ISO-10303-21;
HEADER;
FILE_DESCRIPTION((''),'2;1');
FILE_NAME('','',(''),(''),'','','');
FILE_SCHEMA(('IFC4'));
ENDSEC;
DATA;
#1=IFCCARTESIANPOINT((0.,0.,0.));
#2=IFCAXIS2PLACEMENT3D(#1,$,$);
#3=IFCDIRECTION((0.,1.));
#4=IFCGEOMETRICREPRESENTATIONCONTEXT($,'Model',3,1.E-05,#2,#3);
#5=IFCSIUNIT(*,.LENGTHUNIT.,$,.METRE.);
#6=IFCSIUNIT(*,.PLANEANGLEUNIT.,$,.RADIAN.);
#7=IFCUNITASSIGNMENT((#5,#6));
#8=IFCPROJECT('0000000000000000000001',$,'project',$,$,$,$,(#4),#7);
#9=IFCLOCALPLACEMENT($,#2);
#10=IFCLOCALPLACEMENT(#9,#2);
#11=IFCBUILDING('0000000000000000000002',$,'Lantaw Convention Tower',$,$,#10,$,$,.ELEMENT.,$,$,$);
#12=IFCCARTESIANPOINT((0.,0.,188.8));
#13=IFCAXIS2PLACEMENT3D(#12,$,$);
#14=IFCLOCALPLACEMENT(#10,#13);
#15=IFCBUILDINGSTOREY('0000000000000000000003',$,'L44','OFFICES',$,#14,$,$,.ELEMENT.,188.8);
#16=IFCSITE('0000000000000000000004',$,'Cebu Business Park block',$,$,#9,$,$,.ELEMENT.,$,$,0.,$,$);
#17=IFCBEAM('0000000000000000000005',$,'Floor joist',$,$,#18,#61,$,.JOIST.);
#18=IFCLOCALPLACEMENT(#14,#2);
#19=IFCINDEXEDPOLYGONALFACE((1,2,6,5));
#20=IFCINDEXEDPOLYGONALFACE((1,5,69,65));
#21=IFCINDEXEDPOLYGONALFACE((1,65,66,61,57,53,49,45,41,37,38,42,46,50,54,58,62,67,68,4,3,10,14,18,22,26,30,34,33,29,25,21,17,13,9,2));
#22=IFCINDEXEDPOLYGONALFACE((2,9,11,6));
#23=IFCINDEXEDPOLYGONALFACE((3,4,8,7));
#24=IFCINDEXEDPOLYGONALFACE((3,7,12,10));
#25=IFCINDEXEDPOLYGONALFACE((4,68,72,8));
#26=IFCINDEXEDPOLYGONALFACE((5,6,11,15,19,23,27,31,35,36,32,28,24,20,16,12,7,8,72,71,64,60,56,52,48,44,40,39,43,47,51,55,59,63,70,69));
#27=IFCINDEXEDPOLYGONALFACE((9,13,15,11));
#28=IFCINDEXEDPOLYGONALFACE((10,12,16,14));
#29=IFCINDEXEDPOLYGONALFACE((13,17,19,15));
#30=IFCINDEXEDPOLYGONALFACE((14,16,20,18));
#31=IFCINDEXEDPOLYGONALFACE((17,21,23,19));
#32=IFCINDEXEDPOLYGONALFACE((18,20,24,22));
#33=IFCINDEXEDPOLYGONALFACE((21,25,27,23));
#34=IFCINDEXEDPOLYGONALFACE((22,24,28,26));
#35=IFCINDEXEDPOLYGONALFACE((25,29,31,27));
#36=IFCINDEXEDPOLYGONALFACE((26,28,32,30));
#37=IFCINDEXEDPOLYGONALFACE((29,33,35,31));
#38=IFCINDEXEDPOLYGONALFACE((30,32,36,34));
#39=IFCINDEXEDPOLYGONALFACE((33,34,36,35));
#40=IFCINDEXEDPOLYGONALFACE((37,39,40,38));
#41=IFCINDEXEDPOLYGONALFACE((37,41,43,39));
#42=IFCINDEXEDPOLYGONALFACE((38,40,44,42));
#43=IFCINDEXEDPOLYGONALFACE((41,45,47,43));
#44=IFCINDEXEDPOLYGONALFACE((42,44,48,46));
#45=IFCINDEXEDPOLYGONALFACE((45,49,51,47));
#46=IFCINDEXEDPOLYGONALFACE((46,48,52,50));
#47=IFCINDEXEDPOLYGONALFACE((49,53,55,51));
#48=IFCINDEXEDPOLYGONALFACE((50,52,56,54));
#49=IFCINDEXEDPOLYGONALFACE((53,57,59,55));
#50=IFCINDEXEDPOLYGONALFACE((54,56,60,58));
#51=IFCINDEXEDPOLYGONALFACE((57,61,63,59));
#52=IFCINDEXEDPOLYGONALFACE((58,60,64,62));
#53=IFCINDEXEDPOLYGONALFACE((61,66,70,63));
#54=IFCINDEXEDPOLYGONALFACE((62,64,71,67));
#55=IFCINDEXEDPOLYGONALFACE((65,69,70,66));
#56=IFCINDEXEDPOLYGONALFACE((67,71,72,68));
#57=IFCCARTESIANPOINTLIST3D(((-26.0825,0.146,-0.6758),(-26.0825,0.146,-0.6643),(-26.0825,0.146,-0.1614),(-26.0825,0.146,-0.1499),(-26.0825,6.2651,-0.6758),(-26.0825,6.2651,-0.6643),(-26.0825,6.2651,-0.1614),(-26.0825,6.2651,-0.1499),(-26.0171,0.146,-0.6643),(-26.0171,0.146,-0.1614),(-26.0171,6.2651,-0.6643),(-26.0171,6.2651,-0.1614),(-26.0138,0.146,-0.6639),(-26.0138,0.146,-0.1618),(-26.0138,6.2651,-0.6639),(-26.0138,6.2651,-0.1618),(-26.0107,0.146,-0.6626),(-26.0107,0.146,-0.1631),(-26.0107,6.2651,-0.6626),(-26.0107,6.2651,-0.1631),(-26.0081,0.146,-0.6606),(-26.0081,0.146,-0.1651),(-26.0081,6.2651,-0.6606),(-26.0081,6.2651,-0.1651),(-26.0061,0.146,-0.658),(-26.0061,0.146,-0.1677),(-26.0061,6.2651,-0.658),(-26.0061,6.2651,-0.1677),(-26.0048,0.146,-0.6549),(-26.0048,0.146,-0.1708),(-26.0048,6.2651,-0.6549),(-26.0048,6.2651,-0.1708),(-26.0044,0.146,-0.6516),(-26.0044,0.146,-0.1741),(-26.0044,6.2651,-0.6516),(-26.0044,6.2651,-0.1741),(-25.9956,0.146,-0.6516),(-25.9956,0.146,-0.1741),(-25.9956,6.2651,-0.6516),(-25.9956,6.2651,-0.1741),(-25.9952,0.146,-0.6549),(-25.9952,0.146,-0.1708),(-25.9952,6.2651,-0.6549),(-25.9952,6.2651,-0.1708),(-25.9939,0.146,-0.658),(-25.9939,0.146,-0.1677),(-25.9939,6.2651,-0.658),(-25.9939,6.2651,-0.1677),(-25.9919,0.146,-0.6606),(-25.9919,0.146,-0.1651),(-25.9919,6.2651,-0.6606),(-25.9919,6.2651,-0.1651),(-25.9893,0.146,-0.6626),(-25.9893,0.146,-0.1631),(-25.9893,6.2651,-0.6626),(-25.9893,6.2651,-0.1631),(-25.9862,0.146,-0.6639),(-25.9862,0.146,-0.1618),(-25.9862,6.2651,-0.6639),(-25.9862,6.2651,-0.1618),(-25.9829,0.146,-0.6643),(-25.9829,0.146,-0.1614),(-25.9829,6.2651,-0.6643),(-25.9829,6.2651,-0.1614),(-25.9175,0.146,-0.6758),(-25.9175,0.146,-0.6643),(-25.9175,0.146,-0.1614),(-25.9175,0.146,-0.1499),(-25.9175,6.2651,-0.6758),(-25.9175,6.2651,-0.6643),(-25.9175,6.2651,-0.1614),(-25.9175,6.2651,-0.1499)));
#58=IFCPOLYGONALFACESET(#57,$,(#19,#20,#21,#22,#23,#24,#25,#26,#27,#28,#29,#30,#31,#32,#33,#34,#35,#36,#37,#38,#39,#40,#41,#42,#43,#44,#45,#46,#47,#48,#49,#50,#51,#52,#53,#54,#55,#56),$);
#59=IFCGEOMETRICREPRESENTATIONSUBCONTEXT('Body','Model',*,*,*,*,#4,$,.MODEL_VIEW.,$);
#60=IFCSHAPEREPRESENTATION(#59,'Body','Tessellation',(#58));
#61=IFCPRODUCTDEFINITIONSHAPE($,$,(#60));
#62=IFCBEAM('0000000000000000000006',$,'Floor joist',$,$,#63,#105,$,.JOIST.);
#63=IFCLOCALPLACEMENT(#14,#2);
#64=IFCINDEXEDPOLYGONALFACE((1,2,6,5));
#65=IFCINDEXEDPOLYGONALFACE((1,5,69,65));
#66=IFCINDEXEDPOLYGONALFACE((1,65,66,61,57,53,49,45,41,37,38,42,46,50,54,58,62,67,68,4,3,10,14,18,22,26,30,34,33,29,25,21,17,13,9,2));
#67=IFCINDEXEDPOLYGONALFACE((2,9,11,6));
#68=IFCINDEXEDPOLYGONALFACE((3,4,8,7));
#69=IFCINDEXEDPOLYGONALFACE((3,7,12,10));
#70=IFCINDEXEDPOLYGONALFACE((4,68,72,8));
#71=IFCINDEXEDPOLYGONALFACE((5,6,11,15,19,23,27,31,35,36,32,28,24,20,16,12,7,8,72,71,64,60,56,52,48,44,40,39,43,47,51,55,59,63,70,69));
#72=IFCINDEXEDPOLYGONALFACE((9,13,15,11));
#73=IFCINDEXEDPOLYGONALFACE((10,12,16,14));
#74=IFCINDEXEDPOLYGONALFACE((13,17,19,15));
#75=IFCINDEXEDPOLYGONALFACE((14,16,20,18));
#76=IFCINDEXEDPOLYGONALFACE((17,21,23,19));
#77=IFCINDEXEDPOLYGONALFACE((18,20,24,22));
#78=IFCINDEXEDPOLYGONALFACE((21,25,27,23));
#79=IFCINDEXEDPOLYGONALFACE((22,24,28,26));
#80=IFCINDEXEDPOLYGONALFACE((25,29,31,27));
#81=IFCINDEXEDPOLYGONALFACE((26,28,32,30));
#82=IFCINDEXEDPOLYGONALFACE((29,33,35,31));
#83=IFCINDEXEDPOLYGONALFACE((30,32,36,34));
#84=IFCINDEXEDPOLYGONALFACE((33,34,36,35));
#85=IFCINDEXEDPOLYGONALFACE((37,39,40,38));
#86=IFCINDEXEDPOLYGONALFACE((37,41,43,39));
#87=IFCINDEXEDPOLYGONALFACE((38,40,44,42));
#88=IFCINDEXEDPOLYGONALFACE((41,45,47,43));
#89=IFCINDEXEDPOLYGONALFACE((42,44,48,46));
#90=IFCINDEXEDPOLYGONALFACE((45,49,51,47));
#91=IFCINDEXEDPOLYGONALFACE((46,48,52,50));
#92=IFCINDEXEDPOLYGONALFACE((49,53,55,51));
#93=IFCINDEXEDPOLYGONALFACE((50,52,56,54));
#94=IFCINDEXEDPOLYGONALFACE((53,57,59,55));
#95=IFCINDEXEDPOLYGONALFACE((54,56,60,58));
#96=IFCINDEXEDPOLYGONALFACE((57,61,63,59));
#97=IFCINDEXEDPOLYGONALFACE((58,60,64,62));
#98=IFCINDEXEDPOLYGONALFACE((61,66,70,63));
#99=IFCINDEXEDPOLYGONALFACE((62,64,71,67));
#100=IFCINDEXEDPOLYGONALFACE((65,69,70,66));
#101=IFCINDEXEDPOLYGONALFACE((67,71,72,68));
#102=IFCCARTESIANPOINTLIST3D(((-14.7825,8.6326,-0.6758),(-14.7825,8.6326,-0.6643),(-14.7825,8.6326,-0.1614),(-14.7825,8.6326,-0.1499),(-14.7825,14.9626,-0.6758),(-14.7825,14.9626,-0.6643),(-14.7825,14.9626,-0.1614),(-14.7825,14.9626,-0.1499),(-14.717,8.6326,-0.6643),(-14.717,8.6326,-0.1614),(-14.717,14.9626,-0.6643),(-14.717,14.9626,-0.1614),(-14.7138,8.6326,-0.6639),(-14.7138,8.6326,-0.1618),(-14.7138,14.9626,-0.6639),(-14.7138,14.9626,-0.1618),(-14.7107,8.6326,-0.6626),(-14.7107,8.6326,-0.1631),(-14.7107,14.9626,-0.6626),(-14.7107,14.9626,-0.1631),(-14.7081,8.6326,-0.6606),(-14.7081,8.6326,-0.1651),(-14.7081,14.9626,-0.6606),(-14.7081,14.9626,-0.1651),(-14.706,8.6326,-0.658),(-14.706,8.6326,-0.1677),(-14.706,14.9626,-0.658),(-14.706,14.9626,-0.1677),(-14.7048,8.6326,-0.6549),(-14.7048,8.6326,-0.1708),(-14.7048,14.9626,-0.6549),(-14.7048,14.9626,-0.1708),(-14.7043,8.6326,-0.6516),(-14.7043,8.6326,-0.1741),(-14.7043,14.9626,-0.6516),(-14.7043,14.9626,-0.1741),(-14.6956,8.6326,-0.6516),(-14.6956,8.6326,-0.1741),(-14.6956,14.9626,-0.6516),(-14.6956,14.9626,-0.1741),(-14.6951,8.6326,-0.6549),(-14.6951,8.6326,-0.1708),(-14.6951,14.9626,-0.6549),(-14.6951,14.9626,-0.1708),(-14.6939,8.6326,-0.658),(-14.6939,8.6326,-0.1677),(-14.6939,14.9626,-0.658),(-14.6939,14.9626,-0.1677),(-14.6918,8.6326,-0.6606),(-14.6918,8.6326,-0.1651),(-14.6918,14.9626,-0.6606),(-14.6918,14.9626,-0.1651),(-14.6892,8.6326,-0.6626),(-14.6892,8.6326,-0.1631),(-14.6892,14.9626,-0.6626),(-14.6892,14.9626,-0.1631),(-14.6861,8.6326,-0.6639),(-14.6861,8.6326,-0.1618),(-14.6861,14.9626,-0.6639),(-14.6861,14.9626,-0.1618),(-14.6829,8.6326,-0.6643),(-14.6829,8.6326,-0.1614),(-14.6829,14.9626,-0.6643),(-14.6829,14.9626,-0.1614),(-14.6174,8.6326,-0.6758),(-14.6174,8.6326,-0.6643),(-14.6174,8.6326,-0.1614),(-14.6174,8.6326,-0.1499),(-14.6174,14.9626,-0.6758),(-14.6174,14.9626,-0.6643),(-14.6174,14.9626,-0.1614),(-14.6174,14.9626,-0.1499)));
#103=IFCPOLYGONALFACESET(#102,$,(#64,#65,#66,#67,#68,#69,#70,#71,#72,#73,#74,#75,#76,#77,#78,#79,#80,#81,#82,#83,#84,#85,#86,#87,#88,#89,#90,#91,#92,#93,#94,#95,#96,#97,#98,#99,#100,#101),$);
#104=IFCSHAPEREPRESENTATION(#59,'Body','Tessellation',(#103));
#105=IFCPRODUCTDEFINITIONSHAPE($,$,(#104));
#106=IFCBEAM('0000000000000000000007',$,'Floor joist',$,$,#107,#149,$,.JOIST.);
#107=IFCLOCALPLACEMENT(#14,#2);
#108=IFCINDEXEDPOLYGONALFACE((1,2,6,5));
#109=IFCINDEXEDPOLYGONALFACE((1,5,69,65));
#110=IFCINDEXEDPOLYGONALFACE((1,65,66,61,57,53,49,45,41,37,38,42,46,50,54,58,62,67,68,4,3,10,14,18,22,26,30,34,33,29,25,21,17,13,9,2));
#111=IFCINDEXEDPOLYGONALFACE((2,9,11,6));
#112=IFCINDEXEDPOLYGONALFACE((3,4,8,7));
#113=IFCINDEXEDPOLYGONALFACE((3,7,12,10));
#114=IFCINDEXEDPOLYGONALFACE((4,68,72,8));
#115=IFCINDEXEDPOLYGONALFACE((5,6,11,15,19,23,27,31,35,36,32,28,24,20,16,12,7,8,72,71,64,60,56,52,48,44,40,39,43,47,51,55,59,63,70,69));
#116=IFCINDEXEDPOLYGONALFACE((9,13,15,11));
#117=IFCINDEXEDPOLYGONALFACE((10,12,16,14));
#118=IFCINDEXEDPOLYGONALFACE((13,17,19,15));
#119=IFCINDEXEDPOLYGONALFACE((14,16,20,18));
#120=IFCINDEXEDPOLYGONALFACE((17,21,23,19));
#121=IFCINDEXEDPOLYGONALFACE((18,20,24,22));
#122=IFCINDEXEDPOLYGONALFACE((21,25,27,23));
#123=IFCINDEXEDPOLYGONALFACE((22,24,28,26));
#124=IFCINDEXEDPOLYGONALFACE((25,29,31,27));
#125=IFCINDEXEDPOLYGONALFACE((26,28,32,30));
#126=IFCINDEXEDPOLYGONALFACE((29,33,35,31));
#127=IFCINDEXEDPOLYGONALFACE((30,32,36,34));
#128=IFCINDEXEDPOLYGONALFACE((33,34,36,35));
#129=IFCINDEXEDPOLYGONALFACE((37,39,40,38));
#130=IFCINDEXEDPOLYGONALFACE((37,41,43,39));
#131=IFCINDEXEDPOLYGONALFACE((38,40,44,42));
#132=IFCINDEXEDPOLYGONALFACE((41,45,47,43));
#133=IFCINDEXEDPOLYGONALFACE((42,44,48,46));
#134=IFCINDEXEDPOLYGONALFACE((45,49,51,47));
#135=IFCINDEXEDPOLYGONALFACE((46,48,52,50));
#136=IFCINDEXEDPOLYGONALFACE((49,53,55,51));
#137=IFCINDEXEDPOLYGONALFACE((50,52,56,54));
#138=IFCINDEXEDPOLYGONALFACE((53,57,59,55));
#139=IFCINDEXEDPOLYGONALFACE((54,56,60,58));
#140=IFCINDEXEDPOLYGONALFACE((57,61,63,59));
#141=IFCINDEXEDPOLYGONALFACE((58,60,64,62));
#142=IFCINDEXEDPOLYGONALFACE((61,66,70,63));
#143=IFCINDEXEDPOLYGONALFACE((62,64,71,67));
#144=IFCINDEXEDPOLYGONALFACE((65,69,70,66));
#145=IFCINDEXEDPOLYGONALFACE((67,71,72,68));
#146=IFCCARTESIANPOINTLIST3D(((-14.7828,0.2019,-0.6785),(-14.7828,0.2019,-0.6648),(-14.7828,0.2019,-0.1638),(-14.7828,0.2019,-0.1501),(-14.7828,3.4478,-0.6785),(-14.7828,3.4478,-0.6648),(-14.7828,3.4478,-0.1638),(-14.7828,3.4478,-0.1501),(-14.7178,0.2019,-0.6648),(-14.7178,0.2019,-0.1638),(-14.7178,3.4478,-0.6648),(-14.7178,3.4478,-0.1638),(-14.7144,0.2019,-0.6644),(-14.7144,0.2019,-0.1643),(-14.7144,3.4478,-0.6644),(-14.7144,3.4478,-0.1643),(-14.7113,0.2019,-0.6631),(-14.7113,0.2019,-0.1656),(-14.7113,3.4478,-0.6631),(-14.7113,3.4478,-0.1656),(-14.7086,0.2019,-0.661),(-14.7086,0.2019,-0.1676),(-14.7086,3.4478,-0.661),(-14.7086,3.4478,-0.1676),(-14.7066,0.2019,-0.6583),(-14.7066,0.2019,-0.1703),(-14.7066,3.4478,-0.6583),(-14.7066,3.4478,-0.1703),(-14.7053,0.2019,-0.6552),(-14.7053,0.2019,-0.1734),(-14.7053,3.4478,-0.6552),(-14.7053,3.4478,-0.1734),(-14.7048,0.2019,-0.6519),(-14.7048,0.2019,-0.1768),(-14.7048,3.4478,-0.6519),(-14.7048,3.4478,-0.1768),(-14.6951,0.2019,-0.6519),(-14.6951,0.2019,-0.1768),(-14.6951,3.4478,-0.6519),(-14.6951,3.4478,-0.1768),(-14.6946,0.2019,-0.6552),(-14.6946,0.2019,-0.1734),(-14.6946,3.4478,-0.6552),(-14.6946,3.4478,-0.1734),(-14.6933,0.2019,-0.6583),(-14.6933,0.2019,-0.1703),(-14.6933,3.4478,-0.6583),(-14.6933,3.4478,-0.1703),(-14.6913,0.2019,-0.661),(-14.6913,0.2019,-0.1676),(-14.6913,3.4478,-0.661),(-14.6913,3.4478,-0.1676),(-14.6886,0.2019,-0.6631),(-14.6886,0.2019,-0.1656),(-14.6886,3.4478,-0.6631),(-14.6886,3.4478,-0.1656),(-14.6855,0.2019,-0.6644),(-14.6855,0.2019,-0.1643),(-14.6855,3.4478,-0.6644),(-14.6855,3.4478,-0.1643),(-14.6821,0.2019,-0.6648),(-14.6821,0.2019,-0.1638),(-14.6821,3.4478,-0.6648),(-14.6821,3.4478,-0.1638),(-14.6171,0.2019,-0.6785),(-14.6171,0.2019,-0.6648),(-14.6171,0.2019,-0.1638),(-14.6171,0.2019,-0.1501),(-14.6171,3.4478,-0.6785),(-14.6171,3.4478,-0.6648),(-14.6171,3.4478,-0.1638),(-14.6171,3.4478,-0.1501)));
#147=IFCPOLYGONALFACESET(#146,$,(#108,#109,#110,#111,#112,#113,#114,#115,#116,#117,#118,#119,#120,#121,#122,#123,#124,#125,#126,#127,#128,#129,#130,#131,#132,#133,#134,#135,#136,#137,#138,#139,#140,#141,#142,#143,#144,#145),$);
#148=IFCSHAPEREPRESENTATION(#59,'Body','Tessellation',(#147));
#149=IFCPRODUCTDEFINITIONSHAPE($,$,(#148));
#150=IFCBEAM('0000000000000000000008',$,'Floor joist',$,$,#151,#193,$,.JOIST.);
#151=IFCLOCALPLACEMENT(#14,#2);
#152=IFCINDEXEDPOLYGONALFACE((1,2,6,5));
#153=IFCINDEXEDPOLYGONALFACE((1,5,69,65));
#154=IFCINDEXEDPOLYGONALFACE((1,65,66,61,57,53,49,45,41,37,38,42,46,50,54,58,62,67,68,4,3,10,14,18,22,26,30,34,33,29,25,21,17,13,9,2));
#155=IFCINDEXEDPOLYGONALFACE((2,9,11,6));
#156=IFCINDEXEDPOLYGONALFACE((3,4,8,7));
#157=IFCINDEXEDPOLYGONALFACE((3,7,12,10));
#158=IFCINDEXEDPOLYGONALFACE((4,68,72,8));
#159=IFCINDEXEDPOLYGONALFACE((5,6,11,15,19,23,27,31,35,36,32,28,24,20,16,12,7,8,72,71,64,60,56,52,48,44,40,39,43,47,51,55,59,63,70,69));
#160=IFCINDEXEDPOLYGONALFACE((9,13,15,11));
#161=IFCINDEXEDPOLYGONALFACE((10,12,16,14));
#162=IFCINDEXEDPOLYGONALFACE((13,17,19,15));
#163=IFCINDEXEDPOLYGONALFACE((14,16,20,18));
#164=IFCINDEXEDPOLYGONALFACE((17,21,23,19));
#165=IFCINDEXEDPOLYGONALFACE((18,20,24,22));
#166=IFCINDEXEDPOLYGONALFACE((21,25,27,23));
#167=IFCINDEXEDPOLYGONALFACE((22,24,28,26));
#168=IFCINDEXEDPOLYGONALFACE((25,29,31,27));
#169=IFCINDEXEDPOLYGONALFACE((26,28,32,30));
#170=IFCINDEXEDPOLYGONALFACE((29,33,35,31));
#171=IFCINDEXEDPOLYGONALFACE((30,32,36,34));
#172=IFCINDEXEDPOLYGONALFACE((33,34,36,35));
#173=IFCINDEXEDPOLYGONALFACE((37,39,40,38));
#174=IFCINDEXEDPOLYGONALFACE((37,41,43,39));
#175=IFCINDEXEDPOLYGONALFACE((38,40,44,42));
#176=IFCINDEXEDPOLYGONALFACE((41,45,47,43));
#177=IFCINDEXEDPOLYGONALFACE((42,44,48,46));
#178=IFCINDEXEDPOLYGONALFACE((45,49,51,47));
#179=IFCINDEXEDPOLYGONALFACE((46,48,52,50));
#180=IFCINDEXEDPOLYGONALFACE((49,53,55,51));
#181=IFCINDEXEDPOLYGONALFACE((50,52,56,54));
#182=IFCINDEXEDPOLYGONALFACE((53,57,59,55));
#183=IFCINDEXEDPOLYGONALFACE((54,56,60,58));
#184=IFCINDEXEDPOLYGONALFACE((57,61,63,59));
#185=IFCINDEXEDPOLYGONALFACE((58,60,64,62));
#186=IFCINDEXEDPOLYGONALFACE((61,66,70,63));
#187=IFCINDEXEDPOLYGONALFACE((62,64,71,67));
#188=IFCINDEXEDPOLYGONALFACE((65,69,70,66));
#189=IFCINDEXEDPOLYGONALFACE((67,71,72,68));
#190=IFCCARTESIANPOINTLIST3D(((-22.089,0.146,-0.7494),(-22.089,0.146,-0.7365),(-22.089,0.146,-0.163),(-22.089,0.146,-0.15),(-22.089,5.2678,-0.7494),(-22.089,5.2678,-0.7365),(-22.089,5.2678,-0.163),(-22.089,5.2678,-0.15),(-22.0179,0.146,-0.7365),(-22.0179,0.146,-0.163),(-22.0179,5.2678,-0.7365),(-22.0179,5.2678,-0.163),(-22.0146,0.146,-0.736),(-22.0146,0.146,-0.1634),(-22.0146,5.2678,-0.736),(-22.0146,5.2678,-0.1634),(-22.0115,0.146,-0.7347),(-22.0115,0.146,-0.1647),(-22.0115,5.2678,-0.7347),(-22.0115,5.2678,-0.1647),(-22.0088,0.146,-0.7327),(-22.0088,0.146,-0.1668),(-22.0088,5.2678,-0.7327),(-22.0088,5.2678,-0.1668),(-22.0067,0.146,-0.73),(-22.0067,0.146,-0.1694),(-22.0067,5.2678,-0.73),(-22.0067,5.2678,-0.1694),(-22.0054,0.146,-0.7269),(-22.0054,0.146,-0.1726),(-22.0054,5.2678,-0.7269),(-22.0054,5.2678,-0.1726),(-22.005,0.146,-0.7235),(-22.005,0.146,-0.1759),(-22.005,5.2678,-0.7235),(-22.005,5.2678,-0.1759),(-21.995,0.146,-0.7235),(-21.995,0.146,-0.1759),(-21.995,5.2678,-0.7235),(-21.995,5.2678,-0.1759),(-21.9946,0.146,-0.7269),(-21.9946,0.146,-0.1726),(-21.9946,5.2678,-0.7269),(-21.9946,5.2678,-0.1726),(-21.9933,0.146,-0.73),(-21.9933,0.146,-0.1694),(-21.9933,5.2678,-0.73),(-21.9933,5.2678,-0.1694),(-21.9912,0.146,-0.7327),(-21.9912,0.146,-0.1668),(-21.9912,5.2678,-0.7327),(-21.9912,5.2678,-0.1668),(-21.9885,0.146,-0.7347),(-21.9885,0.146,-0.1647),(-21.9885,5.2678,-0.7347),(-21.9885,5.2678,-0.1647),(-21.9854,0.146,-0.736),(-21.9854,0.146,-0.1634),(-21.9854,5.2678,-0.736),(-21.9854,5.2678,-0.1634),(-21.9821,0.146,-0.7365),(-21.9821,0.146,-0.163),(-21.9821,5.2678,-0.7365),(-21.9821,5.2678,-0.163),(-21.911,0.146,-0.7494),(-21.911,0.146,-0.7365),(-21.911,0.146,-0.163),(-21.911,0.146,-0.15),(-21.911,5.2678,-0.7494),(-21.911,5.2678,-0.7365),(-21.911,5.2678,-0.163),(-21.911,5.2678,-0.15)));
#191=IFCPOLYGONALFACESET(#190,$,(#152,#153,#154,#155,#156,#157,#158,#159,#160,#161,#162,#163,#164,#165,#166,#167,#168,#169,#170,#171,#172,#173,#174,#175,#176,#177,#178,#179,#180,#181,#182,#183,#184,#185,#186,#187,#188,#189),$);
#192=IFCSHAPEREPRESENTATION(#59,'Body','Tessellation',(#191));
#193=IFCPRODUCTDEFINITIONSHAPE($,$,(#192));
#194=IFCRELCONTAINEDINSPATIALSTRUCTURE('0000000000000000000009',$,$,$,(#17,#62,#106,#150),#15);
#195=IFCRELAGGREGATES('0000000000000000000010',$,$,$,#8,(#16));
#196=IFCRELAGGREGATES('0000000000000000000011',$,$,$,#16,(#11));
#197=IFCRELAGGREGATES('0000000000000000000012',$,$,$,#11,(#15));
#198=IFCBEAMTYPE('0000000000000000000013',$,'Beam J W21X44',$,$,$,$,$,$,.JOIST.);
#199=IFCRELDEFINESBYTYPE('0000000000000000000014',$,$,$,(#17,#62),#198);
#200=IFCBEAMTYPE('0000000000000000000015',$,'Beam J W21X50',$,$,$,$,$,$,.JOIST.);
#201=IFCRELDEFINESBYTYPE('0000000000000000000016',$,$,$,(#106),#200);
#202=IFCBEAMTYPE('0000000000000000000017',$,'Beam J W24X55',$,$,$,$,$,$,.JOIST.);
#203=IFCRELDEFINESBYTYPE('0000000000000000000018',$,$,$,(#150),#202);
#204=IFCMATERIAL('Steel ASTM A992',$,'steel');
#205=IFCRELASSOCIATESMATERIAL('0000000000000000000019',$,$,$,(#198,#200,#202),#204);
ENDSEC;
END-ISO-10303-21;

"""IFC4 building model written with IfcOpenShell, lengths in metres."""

from ifc_helpers import new_model, si_unit, direction, frame, origin, origin_2d, place, context, subcontext, project, spatial, i_section, extrude, material, material_profile, profile_set, type_object, element, save


model = new_model("IFC4")

# Units and contexts
model_context = context("Model", 3, precision=1e-05, world=origin(), true_north=direction((0.0, 1.0)))
body_context = subcontext(model_context, "Body", "Model", "MODEL_VIEW")
ifc_project = project(units=[si_unit("LENGTHUNIT", "METRE"), si_unit("PLANEANGLEUNIT", "RADIAN")], contexts=[model_context])

# Site, building, storey
site_placement = place(None, origin())
site = spatial("IfcSite", under=ifc_project, at=site_placement, Name="Cebu Business Park block", CompositionType="ELEMENT", RefElevation=0.0)
building_placement = place(site_placement, origin())
building = spatial("IfcBuilding", under=site, at=building_placement, Name="Lantaw Convention Tower", CompositionType="ELEMENT")
storey_placement = place(building_placement, frame((0.0, 0.0, 188.8)))
storey = spatial("IfcBuildingStorey", under=building, at=storey_placement, Name="L44", Description="OFFICES", CompositionType="ELEMENT", Elevation=188.8)

# Beams
ifc_material_1 = material(Name="Steel ASTM A992", Category="steel")
ifc_material_profile_1 = material_profile(ifc_material_1, i_section(OverallWidth=0.165, OverallDepth=0.5259, WebThickness=0.0088, FlangeThickness=0.0115, FilletRadius=0.0127, at=origin_2d()), Name="W21X44")
ifc_profile_set_1 = profile_set([ifc_material_profile_1], Name="Steel ASTM A992")
beam_type_1 = type_object("IfcBeamType", Name="Beam J W21X44", PredefinedType="JOIST", material=ifc_profile_set_1)
beam_1_placement = place(storey_placement, frame((-26.0, 0.146, -0.4128), z_axis=(0.0, 1.0, 0.0), x_axis=(-1.0, 0.0, 0.0)))
element("IfcBeam", 1, at=beam_1_placement, inside=storey, type_object=beam_type_1, Name="Floor joist", PredefinedType="JOIST", context=body_context, shape_type="SweptSolid", body=[
    extrude(i_section(OverallWidth=0.165, OverallDepth=0.5259, WebThickness=0.0088, FlangeThickness=0.0115, FilletRadius=0.0127, at=origin_2d()), origin(), (0.0, 0.0, 1.0), 6.1191),
])
beam_2_placement = place(storey_placement, frame((-14.7, 8.6326, -0.4128), z_axis=(0.0, 1.0, 0.0), x_axis=(-1.0, 0.0, 0.0)))
element("IfcBeam", 2, at=beam_2_placement, inside=storey, type_object=beam_type_1, Name="Floor joist", PredefinedType="JOIST", context=body_context, shape_type="SweptSolid", body=[
    extrude(i_section(OverallWidth=0.165, OverallDepth=0.5259, WebThickness=0.0088, FlangeThickness=0.0115, FilletRadius=0.0127, at=origin_2d()), origin(), (0.0, 0.0, 1.0), 6.3301),
])
ifc_material_profile_2 = material_profile(ifc_material_1, i_section(OverallWidth=0.1658, OverallDepth=0.5283, WebThickness=0.0098, FlangeThickness=0.0137, FilletRadius=0.0129, at=origin_2d()), Name="W21X50")
ifc_profile_set_2 = profile_set([ifc_material_profile_2], Name="Steel ASTM A992")
beam_type_2 = type_object("IfcBeamType", Name="Beam J W21X50", PredefinedType="JOIST", material=ifc_profile_set_2)
beam_3_placement = place(storey_placement, frame((-14.7, 0.2019, -0.4143), z_axis=(0.0, 1.0, 0.0), x_axis=(-1.0, 0.0, 0.0)))
element("IfcBeam", 3, at=beam_3_placement, inside=storey, type_object=beam_type_2, Name="Floor joist", PredefinedType="JOIST", context=body_context, shape_type="SweptSolid", body=[
    extrude(i_section(OverallWidth=0.1658, OverallDepth=0.5283, WebThickness=0.0098, FlangeThickness=0.0137, FilletRadius=0.0129, at=origin_2d()), origin(), (0.0, 0.0, 1.0), 3.2458),
])
ifc_material_profile_3 = material_profile(ifc_material_1, i_section(OverallWidth=0.178, OverallDepth=0.5994, WebThickness=0.01, FlangeThickness=0.0129, FilletRadius=0.0129, at=origin_2d()), Name="W24X55")
ifc_profile_set_3 = profile_set([ifc_material_profile_3], Name="Steel ASTM A992")
beam_type_3 = type_object("IfcBeamType", Name="Beam J W24X55", PredefinedType="JOIST", material=ifc_profile_set_3)
beam_4_placement = place(storey_placement, frame((-22.0, 0.146, -0.4497), z_axis=(0.0, 1.0, 0.0), x_axis=(-1.0, 0.0, 0.0)))
element("IfcBeam", 4, at=beam_4_placement, inside=storey, type_object=beam_type_3, Name="Floor joist", PredefinedType="JOIST", context=body_context, shape_type="SweptSolid", body=[
    extrude(i_section(OverallWidth=0.178, OverallDepth=0.5994, WebThickness=0.01, FlangeThickness=0.0129, FilletRadius=0.0129, at=origin_2d()), origin(), (0.0, 0.0, 1.0), 5.1218),
])

save(model, "model.ifc")
